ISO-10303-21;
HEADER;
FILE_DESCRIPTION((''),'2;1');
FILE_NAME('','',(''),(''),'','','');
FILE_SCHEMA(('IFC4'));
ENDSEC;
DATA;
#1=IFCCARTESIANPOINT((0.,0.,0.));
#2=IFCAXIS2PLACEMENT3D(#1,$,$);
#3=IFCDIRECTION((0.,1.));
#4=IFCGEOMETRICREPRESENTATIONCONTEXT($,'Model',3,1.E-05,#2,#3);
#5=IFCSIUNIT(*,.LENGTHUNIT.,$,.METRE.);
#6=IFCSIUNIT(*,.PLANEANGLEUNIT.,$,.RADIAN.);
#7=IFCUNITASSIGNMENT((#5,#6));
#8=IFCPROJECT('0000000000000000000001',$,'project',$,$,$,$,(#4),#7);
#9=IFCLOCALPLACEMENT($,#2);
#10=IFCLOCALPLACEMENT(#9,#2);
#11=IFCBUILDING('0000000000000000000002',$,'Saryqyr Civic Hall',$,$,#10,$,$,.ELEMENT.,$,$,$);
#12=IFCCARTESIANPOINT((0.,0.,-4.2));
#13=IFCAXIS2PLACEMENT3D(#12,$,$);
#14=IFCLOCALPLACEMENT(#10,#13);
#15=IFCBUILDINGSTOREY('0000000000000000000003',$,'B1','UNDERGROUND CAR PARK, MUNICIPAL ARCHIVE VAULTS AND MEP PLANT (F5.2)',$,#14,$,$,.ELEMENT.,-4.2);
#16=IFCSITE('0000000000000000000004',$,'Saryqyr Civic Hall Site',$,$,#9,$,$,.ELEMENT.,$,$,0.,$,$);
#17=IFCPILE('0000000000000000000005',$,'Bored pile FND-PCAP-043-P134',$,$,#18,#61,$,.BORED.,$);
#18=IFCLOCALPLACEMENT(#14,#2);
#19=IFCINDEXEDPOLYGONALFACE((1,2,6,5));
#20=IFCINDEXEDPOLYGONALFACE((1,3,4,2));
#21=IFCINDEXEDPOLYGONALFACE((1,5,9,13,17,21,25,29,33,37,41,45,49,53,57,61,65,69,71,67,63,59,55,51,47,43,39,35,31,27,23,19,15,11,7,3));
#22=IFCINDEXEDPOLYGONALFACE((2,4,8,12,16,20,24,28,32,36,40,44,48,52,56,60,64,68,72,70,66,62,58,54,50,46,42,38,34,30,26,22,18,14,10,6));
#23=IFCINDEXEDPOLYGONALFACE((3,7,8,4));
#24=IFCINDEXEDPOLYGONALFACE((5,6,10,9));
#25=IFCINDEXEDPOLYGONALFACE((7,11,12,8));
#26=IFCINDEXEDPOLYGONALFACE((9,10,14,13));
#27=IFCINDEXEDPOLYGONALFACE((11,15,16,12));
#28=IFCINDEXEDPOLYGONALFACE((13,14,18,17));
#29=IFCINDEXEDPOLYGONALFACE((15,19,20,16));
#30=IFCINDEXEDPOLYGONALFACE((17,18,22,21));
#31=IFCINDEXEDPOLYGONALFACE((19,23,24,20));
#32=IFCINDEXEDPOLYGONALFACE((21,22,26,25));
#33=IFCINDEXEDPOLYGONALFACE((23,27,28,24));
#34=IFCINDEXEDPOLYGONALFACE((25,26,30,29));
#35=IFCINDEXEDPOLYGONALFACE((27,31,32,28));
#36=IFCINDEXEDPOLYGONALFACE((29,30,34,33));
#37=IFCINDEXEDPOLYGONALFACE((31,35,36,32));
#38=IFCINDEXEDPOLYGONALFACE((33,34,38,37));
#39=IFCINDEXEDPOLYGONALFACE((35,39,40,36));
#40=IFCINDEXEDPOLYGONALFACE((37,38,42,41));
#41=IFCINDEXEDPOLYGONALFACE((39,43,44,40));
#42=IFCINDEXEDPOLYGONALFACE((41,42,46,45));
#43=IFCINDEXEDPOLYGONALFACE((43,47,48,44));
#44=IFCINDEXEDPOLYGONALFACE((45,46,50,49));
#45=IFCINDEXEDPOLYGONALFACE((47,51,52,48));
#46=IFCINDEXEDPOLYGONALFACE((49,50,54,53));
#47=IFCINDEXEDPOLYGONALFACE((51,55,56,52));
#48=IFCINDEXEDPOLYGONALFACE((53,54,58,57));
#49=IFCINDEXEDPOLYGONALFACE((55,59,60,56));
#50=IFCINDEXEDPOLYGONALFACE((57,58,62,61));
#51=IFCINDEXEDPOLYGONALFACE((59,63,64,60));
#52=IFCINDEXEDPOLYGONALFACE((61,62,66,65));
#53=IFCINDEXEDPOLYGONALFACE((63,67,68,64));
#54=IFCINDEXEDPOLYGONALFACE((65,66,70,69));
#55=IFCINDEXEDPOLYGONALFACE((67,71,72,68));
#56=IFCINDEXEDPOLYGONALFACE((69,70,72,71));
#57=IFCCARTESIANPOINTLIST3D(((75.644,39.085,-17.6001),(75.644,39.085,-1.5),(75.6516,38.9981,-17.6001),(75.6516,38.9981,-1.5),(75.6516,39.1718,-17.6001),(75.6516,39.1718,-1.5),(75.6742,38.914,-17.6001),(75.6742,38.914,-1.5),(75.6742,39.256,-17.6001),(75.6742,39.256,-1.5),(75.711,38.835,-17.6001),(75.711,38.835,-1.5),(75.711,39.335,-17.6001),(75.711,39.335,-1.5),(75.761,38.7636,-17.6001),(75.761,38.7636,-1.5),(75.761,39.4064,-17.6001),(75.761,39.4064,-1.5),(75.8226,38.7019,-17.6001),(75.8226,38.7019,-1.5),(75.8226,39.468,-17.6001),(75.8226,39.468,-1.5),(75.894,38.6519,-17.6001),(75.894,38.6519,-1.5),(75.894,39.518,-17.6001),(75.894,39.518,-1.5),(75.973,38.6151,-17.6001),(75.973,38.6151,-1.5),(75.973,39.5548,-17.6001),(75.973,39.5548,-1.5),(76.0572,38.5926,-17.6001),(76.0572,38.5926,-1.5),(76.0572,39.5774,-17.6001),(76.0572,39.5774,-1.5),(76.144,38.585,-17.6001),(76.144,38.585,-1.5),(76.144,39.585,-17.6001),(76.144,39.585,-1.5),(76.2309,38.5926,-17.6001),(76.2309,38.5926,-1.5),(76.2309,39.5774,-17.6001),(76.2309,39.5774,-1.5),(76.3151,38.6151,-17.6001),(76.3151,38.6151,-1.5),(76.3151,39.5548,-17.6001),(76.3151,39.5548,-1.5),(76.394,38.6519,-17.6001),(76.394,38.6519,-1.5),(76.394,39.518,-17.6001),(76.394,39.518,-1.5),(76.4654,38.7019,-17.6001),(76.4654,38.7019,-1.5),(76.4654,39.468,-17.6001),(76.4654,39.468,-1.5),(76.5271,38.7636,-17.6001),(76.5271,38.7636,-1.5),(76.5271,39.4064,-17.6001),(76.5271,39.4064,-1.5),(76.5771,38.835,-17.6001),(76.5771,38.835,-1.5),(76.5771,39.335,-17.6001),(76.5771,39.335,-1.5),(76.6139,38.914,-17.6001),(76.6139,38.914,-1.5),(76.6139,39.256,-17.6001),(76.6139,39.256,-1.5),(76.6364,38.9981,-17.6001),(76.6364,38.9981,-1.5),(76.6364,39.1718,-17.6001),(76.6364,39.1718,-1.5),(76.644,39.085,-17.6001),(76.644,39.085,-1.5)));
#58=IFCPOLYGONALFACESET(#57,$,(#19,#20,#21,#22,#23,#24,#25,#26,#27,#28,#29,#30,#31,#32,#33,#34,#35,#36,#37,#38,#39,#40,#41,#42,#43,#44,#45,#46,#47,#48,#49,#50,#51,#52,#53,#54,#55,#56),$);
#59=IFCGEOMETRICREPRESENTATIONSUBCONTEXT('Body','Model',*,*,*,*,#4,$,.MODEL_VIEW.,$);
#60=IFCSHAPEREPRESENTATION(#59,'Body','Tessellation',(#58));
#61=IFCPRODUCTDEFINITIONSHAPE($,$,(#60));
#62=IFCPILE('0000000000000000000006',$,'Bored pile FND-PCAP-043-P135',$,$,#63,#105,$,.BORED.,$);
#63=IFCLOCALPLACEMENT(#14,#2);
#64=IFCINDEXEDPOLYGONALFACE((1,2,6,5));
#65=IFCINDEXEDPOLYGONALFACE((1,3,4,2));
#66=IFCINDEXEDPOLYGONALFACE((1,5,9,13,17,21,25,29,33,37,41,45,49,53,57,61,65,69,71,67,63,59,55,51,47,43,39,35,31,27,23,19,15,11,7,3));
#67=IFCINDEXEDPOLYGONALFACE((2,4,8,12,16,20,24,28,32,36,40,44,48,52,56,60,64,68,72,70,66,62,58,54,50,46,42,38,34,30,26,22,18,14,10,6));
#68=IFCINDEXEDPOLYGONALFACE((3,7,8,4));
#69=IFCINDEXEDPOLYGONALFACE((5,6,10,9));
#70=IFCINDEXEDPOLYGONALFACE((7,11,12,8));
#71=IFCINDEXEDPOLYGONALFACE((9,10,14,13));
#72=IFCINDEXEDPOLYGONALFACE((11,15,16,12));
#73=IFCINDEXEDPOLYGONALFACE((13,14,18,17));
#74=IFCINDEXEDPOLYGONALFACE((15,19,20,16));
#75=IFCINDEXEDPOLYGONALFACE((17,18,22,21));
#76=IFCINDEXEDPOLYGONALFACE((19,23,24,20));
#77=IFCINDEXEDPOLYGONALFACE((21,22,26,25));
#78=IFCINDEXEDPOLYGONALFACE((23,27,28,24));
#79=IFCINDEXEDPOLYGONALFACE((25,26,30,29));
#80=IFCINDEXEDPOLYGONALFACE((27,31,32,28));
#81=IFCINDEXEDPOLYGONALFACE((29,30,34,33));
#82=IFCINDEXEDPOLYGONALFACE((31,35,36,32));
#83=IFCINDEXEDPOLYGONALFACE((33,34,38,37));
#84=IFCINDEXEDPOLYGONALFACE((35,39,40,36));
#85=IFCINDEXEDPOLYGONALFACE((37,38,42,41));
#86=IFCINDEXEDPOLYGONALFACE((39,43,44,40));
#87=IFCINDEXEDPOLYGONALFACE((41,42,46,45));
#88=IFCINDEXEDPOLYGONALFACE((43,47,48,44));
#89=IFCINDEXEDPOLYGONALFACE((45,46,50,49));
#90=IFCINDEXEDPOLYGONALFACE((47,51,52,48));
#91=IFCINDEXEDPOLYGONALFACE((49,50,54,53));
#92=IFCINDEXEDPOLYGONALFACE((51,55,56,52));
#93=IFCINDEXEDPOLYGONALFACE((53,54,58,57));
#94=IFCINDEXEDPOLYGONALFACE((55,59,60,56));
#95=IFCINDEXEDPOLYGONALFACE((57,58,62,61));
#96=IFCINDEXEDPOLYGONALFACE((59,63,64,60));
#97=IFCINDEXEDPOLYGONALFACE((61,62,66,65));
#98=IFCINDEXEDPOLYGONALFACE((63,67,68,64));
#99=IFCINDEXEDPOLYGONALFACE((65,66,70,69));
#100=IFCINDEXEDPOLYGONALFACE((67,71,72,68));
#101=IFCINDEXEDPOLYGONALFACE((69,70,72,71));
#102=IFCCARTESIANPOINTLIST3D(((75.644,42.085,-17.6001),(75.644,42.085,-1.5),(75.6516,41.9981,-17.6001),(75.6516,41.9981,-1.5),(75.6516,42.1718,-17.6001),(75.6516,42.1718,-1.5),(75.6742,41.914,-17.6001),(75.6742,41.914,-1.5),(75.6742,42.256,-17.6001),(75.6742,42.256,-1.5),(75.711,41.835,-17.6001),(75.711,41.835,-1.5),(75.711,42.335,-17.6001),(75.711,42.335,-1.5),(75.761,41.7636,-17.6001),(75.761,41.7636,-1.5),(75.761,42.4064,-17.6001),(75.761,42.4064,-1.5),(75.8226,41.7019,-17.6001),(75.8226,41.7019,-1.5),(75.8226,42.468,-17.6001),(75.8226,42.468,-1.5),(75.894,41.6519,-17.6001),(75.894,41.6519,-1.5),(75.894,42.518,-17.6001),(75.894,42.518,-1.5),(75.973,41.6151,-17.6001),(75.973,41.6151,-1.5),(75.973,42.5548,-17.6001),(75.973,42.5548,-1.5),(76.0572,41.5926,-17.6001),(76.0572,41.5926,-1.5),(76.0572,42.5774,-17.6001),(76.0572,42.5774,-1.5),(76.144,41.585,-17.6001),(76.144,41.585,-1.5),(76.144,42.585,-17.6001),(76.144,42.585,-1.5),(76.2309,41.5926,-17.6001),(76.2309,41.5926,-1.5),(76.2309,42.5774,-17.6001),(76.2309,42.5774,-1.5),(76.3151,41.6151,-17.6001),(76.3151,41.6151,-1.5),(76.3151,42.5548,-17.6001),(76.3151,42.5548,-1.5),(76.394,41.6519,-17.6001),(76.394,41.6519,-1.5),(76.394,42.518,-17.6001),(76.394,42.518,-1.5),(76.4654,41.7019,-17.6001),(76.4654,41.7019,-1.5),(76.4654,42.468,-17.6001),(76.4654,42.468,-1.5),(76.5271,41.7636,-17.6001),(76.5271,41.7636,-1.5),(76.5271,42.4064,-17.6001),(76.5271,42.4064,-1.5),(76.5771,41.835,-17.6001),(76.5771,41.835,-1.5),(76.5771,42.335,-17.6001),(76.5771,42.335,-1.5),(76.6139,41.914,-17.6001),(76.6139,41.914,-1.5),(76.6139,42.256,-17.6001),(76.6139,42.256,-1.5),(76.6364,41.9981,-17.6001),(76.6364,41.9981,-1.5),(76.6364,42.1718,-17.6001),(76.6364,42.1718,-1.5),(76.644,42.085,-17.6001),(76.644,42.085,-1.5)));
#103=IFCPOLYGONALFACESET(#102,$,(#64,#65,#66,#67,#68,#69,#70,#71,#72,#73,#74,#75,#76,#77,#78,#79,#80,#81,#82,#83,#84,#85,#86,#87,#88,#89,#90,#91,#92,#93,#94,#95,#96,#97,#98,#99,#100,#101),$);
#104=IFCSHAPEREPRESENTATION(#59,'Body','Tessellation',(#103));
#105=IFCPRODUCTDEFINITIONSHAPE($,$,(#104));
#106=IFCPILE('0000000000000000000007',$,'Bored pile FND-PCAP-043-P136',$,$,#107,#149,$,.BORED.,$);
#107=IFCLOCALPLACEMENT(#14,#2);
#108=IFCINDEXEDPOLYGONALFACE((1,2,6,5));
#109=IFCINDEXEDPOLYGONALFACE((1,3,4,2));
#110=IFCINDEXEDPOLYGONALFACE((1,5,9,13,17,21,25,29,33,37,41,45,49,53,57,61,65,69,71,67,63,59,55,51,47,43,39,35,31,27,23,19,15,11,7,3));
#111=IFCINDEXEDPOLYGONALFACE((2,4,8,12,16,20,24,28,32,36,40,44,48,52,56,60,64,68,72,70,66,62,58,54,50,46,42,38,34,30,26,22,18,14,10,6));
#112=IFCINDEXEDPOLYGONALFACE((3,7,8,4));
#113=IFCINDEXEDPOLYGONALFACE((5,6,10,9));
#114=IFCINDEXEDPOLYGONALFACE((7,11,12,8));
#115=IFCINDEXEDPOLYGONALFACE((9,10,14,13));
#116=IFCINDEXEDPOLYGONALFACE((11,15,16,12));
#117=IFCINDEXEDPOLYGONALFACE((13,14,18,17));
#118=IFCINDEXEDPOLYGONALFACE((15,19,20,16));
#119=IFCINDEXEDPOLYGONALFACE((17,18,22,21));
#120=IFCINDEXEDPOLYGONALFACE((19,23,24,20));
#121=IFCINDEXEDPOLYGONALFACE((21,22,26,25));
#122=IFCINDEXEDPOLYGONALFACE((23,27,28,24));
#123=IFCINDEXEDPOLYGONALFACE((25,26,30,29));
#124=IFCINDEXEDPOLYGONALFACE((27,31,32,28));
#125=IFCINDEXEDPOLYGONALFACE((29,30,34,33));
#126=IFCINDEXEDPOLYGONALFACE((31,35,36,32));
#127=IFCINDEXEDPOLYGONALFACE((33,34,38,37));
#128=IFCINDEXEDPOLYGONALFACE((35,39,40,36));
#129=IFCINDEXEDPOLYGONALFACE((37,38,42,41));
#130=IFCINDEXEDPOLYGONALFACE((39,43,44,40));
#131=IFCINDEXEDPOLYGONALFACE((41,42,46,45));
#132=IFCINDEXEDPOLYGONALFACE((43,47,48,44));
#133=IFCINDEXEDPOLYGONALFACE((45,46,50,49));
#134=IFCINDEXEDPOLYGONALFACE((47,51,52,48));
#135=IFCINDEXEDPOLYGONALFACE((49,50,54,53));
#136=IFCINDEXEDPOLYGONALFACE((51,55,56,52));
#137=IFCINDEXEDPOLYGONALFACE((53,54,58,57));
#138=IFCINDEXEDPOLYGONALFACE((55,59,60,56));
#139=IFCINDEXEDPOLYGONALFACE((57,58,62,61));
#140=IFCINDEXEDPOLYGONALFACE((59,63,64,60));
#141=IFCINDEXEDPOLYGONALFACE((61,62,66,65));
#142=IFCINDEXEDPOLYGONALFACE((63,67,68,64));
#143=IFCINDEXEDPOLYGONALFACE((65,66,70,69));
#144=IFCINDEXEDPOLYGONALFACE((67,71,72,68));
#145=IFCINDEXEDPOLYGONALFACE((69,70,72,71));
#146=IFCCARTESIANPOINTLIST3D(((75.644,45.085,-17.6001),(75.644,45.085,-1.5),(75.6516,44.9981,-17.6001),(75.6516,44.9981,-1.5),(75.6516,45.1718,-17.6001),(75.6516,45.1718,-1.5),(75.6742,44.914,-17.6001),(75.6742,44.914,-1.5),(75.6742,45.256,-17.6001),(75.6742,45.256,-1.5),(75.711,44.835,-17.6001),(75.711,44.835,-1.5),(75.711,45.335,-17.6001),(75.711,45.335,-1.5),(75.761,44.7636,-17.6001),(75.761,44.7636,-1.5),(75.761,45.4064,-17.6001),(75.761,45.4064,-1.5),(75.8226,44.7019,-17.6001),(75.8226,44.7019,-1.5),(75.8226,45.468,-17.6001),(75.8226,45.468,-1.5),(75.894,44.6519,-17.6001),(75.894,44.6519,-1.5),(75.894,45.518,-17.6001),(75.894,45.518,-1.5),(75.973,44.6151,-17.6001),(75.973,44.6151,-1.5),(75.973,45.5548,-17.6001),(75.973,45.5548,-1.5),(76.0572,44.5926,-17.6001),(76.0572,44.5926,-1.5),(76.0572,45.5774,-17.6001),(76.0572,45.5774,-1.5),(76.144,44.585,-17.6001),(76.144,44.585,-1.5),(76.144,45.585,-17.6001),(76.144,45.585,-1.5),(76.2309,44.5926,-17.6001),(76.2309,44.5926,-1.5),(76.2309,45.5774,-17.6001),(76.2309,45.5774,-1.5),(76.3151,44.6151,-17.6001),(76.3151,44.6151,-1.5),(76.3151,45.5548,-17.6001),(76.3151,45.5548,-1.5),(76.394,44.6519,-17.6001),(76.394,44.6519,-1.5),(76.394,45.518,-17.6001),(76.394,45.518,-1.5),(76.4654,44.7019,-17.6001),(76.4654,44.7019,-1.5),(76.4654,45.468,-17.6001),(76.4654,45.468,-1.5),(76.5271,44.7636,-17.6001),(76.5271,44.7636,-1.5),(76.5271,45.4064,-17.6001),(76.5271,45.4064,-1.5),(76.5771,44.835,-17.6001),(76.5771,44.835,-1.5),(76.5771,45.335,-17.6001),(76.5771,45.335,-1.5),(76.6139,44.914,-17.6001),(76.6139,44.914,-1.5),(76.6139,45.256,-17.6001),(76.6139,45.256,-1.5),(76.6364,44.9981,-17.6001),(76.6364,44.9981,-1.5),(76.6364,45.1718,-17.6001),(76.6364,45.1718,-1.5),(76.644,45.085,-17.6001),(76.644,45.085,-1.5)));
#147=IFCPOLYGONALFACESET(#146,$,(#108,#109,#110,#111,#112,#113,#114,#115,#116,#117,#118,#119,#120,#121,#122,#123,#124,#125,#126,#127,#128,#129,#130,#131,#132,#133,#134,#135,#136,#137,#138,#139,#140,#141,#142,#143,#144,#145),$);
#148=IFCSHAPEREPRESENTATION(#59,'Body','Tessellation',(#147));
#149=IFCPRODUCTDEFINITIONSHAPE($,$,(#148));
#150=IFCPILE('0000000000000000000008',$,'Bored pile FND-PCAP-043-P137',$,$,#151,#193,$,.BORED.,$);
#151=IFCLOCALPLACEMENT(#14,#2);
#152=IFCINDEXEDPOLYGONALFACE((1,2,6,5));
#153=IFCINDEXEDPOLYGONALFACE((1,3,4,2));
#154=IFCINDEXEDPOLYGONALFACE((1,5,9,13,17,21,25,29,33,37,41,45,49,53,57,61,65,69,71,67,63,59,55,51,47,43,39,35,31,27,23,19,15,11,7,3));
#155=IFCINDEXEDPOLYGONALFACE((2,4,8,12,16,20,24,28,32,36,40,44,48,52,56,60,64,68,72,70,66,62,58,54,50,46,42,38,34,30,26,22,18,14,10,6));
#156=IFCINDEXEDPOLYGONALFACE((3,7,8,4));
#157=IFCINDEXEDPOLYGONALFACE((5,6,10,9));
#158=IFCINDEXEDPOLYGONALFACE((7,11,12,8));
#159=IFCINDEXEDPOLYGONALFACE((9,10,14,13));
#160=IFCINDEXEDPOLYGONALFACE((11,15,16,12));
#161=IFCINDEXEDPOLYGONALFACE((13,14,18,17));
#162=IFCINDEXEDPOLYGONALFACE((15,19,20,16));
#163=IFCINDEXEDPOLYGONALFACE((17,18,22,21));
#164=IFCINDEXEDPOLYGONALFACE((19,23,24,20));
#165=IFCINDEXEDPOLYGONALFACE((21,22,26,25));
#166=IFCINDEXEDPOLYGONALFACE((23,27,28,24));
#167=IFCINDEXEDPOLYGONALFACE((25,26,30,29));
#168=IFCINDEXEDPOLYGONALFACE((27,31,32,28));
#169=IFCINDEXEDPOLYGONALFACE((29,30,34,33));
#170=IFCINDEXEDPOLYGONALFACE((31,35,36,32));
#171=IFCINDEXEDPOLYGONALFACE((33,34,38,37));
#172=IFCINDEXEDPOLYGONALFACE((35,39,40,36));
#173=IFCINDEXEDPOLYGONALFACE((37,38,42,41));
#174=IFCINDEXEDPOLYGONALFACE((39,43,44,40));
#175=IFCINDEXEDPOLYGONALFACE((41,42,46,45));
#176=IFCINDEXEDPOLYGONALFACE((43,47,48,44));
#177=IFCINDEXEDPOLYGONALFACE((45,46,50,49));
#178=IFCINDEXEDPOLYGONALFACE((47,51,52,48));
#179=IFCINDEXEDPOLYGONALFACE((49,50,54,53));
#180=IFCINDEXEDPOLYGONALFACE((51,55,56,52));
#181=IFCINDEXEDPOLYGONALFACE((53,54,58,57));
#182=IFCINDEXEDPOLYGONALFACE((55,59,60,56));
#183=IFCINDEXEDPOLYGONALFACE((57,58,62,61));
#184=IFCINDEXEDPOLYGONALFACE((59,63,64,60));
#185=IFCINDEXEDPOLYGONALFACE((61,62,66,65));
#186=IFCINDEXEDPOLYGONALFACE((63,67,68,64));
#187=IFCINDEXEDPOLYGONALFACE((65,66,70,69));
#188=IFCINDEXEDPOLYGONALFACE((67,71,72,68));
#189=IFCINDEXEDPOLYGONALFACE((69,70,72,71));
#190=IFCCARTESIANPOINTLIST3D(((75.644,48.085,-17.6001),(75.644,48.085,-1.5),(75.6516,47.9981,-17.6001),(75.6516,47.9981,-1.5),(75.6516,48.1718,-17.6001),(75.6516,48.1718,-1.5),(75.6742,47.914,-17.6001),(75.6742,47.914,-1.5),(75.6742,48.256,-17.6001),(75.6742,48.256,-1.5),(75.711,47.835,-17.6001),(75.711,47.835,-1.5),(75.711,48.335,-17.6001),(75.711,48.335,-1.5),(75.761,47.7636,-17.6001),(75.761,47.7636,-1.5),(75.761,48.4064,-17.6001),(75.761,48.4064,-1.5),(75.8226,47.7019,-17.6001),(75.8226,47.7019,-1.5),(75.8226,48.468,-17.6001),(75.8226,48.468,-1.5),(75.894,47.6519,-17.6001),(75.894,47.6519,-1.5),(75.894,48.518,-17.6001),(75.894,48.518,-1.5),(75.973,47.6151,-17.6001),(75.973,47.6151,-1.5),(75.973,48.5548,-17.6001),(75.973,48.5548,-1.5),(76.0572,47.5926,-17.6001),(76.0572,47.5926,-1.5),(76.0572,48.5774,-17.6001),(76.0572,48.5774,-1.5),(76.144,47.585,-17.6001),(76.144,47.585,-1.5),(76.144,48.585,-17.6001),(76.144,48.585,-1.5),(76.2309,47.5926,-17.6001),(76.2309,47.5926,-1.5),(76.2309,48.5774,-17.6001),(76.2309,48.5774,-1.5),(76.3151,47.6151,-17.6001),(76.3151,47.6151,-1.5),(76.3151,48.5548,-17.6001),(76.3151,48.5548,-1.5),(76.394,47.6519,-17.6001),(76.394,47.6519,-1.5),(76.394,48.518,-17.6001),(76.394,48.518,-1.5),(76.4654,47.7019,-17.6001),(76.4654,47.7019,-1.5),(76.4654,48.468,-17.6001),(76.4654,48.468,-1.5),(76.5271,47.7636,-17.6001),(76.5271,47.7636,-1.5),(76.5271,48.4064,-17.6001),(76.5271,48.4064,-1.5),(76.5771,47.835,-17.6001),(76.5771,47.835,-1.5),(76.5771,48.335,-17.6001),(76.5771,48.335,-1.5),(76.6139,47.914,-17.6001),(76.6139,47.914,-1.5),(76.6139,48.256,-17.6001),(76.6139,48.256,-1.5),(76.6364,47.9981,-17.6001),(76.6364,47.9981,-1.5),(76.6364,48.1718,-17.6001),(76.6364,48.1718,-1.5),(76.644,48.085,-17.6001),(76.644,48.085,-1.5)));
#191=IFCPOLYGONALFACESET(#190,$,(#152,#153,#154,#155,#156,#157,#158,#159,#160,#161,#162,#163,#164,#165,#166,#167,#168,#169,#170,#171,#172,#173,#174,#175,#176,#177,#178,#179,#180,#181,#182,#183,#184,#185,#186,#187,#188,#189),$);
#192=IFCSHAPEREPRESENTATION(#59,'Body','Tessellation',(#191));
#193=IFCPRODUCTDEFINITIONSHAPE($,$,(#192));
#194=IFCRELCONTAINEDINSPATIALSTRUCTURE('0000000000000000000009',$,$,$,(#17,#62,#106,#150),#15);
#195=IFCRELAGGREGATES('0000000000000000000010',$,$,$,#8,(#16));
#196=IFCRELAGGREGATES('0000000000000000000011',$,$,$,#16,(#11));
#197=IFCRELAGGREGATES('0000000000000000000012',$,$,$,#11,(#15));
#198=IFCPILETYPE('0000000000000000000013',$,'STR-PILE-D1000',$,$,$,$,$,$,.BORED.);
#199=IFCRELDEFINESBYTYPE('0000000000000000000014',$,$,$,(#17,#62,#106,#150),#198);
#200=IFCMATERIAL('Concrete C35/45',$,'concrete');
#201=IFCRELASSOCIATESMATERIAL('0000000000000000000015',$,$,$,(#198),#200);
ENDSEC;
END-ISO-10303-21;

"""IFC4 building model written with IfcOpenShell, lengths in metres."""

from ifc_helpers import new_model, si_unit, direction, frame, origin, origin_2d, place, context, subcontext, project, spatial, circle, extrude, material, material_profile, profile_set, type_object, element, save


model = new_model("IFC4")

# Units and contexts
model_context = context("Model", 3, precision=1e-05, world=origin(), true_north=direction((0.0, 1.0)))
body_context = subcontext(model_context, "Body", "Model", "MODEL_VIEW")
ifc_project = project(units=[si_unit("LENGTHUNIT", "METRE"), si_unit("PLANEANGLEUNIT", "RADIAN")], contexts=[model_context])

# Site, building, storey
site_placement = place(None, origin())
site = spatial("IfcSite", under=ifc_project, at=site_placement, Name="Saryqyr Civic Hall Site", CompositionType="ELEMENT", RefElevation=0.0)
building_placement = place(site_placement, origin())
building = spatial("IfcBuilding", under=site, at=building_placement, Name="Saryqyr Civic Hall", CompositionType="ELEMENT")
storey_placement = place(building_placement, frame((0.0, 0.0, -4.2)))
storey = spatial("IfcBuildingStorey", under=building, at=storey_placement, Name="B1", Description="UNDERGROUND CAR PARK, MUNICIPAL ARCHIVE VAULTS AND MEP PLANT (F5.2)", CompositionType="ELEMENT", Elevation=-4.2)

# Piles
ifc_material_1 = material(Name="Concrete C35/45", Category="concrete")
ifc_material_profile_1 = material_profile(ifc_material_1, circle(Radius=0.5, at=origin_2d()), Name="BORED PILE D1000")
ifc_profile_set_1 = profile_set([ifc_material_profile_1], Name="Concrete C35/45")
pile_type = type_object("IfcPileType", Name="STR-PILE-D1000", PredefinedType="BORED", material=ifc_profile_set_1)
for number, where, z_axis, x_axis, name in (
    (1, (76.144, 39.085, -1.5), (0.0, 0.0, -1.0), (1.0, 0.0, 0.0), "Bored pile FND-PCAP-043-P134"),
    (2, (76.144, 42.085, -1.5), (0.0, 0.0, -1.0), (1.0, 0.0, 0.0), "Bored pile FND-PCAP-043-P135"),
    (3, (76.144, 45.085, -1.5), (0.0, 0.0, -1.0), (1.0, 0.0, 0.0), "Bored pile FND-PCAP-043-P136"),
    (4, (76.144, 48.085, -1.5), (0.0, 0.0, -1.0), (1.0, 0.0, 0.0), "Bored pile FND-PCAP-043-P137"),
):
    element("IfcPile", number, at=place(storey_placement, frame(where, z_axis=z_axis, x_axis=x_axis)), inside=storey, type_object=pile_type, Name=name, PredefinedType="BORED", context=body_context, shape_type="SweptSolid", body=[
        extrude(circle(Radius=0.5, at=origin_2d()), origin(), (0.0, 0.0, 1.0), 16.1001),
    ])

save(model, "model.ifc")
